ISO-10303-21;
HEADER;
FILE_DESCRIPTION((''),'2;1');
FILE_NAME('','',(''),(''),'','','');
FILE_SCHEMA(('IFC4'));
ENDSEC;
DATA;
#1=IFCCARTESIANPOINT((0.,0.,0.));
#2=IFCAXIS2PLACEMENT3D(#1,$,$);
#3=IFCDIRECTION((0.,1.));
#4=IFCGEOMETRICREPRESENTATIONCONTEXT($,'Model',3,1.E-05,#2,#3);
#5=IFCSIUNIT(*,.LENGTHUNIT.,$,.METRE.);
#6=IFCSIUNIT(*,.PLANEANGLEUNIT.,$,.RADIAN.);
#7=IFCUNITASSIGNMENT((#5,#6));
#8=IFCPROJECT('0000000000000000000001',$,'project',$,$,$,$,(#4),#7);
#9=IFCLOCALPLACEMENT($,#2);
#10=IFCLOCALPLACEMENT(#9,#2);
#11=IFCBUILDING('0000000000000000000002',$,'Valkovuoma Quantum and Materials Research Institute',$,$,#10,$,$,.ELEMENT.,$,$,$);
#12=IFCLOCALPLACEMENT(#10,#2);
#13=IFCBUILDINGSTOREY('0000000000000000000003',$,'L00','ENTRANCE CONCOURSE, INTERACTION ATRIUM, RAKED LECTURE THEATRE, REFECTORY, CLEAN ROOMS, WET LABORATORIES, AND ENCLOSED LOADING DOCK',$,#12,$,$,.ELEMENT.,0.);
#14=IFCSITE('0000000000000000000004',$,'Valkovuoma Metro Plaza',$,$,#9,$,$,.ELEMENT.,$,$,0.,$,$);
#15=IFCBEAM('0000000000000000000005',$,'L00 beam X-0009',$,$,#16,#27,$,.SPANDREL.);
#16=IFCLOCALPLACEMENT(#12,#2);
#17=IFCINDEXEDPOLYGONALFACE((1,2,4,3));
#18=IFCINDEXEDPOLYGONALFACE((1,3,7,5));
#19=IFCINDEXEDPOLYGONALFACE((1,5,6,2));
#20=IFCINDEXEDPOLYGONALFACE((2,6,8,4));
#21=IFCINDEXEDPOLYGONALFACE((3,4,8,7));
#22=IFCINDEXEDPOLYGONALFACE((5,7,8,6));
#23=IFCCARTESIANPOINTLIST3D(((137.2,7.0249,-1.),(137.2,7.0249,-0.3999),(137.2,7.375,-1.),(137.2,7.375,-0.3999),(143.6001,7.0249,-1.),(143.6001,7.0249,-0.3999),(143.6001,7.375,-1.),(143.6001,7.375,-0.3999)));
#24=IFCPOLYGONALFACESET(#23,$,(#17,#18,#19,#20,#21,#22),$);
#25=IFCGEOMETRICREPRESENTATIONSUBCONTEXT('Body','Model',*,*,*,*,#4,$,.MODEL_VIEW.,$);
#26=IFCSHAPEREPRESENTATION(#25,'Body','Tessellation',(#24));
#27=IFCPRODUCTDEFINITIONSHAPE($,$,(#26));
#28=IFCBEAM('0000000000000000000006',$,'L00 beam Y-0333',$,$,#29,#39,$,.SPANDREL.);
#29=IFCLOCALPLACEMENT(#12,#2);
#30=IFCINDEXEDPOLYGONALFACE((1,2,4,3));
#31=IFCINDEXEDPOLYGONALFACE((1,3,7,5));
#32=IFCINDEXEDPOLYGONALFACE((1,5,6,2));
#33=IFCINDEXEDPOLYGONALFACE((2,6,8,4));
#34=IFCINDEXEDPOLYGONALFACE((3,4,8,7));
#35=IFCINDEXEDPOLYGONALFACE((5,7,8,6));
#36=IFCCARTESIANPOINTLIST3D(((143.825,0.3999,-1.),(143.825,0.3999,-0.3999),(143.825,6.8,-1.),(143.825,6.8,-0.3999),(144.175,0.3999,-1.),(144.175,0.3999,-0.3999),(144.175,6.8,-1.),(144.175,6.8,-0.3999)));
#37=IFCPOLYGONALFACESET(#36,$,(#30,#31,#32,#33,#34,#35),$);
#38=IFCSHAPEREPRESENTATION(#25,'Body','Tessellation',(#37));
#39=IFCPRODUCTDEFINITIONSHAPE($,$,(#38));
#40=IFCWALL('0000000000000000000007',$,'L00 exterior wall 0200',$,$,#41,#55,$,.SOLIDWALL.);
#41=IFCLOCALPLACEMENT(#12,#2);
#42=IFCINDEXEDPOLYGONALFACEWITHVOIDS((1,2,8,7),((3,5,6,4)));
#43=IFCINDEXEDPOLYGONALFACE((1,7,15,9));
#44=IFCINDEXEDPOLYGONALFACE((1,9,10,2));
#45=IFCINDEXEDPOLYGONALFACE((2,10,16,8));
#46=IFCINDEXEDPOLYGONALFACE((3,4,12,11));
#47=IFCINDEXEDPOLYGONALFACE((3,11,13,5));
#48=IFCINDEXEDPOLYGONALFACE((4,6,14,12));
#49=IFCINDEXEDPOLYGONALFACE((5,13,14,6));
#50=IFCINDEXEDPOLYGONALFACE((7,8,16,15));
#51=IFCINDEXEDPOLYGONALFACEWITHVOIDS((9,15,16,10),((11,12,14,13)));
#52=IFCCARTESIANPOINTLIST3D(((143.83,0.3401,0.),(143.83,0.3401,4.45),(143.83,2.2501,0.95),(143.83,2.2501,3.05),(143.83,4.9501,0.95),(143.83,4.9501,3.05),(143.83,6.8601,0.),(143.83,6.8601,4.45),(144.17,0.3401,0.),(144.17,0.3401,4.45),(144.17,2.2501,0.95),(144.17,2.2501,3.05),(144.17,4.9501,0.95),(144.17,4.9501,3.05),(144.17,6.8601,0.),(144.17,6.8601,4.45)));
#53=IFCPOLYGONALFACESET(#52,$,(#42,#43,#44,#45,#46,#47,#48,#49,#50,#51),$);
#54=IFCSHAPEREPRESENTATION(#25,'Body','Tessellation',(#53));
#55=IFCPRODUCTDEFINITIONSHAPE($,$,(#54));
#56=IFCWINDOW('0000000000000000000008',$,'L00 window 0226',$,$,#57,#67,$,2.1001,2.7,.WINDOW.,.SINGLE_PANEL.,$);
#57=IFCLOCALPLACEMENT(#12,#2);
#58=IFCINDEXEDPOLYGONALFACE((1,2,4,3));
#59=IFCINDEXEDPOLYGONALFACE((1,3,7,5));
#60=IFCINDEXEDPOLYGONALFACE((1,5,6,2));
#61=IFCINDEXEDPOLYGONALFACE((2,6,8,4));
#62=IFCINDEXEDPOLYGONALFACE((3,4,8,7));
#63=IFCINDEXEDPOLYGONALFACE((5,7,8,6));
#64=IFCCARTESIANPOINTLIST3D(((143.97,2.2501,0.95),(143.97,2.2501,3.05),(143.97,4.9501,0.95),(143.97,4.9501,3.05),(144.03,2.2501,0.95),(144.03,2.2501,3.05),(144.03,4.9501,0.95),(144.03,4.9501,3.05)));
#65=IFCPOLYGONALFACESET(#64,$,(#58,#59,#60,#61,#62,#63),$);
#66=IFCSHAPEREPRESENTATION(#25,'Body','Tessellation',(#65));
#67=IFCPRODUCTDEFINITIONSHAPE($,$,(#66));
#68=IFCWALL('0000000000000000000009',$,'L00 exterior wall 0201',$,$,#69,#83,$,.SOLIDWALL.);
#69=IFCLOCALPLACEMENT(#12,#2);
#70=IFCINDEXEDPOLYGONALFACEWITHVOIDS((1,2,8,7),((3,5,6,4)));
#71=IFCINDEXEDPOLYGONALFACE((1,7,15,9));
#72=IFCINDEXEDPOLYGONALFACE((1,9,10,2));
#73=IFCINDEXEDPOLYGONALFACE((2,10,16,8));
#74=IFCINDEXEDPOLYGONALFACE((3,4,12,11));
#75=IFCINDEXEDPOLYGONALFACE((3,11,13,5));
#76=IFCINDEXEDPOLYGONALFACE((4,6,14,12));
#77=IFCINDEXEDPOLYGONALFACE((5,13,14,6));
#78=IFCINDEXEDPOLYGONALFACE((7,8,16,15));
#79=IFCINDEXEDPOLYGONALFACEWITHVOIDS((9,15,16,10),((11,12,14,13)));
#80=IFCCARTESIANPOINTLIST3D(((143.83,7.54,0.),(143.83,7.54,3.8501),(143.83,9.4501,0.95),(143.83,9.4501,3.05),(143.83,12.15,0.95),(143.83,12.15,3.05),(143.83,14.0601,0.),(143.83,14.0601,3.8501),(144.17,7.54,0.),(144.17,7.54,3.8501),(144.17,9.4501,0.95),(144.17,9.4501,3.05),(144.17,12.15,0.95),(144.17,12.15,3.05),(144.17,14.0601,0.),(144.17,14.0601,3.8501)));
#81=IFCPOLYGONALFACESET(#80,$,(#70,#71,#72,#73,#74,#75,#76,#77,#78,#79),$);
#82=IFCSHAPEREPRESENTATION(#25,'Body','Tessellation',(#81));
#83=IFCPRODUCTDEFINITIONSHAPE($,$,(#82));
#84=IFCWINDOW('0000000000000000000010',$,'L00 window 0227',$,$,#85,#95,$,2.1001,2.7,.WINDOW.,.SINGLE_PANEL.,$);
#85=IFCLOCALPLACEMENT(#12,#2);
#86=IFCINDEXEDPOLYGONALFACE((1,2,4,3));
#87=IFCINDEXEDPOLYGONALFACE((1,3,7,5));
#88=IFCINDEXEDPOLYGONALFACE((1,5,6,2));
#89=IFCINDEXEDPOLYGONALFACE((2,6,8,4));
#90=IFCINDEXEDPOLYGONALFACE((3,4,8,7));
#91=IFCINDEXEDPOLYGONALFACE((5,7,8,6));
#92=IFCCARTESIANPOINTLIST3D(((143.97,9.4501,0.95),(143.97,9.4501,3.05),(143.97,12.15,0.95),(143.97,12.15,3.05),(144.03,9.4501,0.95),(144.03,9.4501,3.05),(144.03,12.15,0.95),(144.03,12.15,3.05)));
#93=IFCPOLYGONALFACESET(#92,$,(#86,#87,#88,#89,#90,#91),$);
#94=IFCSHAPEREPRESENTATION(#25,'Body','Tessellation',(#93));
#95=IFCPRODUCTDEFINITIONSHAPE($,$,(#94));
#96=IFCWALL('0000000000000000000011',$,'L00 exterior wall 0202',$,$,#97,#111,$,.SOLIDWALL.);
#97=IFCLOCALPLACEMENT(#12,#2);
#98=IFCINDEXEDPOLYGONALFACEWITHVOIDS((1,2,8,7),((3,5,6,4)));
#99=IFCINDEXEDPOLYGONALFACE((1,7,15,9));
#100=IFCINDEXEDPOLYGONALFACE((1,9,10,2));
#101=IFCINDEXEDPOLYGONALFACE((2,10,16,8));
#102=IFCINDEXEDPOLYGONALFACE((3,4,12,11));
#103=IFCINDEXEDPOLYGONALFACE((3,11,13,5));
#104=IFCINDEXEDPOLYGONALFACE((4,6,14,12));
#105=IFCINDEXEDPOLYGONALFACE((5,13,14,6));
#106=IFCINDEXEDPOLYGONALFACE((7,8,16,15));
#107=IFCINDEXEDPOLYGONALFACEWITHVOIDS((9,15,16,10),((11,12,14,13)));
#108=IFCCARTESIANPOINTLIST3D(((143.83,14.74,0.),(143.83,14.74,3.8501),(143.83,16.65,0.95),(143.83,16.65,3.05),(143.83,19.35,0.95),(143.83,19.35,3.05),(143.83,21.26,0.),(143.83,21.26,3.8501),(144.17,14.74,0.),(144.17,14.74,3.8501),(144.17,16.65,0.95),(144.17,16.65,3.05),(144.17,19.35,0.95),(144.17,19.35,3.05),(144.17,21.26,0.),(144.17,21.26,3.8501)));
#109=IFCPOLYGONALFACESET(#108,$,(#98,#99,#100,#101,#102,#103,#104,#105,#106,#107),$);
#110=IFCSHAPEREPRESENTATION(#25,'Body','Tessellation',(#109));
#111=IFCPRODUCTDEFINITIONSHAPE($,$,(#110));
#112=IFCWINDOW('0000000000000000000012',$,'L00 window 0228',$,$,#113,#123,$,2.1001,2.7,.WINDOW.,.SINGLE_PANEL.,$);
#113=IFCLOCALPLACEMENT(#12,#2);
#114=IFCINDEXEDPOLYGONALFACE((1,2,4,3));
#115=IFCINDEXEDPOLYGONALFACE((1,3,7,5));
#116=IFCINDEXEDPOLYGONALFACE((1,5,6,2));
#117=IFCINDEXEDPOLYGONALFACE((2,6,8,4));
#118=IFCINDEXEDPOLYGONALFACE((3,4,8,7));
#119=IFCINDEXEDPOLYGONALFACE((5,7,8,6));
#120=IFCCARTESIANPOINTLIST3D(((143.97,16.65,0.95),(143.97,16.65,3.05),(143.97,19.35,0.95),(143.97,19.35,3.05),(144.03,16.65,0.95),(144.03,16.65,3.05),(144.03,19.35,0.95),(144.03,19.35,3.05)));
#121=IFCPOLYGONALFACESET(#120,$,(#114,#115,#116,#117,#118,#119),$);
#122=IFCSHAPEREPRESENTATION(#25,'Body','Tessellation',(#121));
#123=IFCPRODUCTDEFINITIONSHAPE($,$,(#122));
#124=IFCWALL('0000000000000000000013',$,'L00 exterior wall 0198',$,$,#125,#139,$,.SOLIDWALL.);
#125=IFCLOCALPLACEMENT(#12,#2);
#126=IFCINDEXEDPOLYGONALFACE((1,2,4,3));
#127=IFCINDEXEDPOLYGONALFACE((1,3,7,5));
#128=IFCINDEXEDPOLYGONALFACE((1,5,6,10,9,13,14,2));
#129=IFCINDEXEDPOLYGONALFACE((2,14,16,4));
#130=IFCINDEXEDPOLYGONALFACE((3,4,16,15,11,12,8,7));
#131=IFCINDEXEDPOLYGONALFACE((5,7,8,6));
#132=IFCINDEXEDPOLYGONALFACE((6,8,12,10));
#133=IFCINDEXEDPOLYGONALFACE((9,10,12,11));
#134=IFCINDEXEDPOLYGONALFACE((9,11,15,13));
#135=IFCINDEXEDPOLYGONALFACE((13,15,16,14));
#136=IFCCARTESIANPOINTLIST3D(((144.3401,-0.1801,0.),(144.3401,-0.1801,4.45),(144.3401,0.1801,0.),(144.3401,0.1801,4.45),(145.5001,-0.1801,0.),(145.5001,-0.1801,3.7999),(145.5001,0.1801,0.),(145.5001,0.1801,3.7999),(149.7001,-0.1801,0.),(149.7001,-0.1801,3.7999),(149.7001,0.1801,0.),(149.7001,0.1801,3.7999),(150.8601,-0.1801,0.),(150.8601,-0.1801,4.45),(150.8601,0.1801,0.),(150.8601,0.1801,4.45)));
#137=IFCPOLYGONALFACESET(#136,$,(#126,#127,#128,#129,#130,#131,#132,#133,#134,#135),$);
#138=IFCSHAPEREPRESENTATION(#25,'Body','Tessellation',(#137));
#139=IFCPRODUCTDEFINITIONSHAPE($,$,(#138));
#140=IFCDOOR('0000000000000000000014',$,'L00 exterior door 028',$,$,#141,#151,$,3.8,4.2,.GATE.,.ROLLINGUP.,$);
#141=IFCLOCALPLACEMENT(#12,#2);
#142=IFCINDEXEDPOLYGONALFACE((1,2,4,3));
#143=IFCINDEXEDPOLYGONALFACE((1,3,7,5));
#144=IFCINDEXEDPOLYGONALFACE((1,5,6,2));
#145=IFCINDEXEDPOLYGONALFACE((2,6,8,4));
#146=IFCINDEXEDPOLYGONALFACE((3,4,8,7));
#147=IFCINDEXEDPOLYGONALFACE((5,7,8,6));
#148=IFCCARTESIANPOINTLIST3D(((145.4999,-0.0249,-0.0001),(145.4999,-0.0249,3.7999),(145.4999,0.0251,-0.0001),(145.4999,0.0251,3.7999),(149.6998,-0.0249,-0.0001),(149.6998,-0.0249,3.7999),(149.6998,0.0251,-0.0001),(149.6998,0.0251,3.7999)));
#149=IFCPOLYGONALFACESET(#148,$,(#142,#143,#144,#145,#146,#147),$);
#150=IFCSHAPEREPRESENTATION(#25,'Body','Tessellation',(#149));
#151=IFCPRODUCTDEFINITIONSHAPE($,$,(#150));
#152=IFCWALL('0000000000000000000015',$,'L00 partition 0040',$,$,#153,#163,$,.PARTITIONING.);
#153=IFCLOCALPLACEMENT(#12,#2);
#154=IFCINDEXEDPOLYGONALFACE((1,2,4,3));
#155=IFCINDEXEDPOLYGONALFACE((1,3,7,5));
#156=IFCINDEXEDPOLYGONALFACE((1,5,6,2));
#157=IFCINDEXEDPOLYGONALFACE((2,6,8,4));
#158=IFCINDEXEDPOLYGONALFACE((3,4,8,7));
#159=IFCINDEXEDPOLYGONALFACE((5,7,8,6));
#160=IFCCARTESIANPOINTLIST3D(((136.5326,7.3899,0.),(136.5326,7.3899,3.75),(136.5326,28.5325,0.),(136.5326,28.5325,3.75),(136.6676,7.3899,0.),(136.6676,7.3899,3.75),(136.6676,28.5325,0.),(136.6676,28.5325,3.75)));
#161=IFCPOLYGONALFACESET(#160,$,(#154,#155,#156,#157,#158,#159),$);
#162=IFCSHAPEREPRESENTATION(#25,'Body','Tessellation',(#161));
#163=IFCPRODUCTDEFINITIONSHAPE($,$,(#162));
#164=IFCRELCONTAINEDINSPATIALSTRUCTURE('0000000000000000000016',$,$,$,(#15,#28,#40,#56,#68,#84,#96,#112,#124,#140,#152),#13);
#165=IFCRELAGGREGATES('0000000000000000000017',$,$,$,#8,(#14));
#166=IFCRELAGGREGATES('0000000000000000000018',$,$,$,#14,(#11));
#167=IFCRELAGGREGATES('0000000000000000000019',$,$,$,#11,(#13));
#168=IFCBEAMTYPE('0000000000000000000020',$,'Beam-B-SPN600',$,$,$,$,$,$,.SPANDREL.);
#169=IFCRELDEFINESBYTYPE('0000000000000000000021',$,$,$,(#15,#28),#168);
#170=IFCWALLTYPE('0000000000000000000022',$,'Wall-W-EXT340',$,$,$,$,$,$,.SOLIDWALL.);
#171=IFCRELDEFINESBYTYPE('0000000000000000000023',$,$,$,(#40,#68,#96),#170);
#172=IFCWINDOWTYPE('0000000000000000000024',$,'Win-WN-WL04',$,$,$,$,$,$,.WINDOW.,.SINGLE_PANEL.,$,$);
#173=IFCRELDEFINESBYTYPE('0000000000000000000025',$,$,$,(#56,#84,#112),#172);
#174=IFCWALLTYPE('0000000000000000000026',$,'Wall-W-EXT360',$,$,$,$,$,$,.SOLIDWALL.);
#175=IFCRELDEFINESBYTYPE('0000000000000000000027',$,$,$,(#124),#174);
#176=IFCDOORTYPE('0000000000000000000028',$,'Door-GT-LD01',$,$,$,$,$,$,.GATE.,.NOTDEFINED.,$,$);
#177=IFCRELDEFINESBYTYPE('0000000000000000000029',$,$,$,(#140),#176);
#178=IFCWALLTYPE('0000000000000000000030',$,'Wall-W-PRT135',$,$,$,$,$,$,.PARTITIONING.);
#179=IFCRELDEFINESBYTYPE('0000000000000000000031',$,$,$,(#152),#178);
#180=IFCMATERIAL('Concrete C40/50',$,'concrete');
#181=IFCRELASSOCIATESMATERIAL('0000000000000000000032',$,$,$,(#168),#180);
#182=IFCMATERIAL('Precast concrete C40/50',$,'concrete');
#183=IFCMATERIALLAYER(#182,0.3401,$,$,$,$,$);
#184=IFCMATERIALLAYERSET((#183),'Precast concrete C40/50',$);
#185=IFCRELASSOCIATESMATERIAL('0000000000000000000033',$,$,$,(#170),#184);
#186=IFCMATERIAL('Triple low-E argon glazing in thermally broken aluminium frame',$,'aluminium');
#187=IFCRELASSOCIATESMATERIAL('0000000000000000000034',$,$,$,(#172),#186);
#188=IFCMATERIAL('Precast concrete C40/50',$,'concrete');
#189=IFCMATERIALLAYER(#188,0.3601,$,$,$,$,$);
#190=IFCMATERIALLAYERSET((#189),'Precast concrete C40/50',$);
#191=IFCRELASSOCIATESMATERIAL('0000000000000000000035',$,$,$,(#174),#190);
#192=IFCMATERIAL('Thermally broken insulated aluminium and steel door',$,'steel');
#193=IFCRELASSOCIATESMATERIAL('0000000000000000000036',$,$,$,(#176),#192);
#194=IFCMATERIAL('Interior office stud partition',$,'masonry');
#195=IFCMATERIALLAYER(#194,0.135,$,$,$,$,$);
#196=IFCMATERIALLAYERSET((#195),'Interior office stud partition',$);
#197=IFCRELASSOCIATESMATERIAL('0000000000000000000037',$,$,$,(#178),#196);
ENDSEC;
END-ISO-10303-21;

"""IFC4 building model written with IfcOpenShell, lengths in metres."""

from ifc_helpers import new_model, si_unit, direction, frame, frame_2d, origin, origin_2d, place, context, subcontext, project, spatial, rectangle, extrude, material, layer, layer_set, material_profile, profile_set, type_object, element, fill, save


model = new_model("IFC4")

# Units and contexts
model_context = context("Model", 3, precision=1e-05, world=origin(), true_north=direction((0.0, 1.0)))
body_context = subcontext(model_context, "Body", "Model", "MODEL_VIEW")
ifc_project = project(units=[si_unit("LENGTHUNIT", "METRE"), si_unit("PLANEANGLEUNIT", "RADIAN")], contexts=[model_context])

# Site, building, storey
site_placement = place(None, origin())
site = spatial("IfcSite", under=ifc_project, at=site_placement, Name="Valkovuoma Metro Plaza", CompositionType="ELEMENT", RefElevation=0.0)
building_placement = place(site_placement, origin())
building = spatial("IfcBuilding", under=site, at=building_placement, Name="Valkovuoma Quantum and Materials Research Institute", CompositionType="ELEMENT")
storey_placement = place(building_placement, origin())
storey = spatial("IfcBuildingStorey", under=building, at=storey_placement, Name="L00", Description="ENTRANCE CONCOURSE, INTERACTION ATRIUM, RAKED LECTURE THEATRE, REFECTORY, CLEAN ROOMS, WET LABORATORIES, AND ENCLOSED LOADING DOCK", CompositionType="ELEMENT", Elevation=0.0)

# Beams
ifc_material_1 = material(Name="Concrete C40/50", Category="concrete")
ifc_material_profile_1 = material_profile(ifc_material_1, rectangle(XDim=0.3501, YDim=0.6001, at=origin_2d()), Name="Concrete C40/50")
ifc_profile_set_1 = profile_set([ifc_material_profile_1], Name="Concrete C40/50")
beam_type_1 = type_object("IfcBeamType", Name="Beam-B-SPN600", PredefinedType="SPANDREL", material=ifc_profile_set_1)
for number, where, z_axis, x_axis, name in (
    (1, (137.2, 7.2, -0.7), (1.0, 0.0, 0.0), (0.0, 1.0, 0.0), "L00 beam X-0009"),
    (2, (144.0, 0.3999, -0.7), (0.0, 1.0, 0.0), (-1.0, 0.0, 0.0), "L00 beam Y-0333"),
):
    element("IfcBeam", number, at=place(storey_placement, frame(where, z_axis=z_axis, x_axis=x_axis)), inside=storey, type_object=beam_type_1, Name=name, PredefinedType="SPANDREL", context=body_context, shape_type="SweptSolid", body=[
        extrude(rectangle(XDim=0.3501, YDim=0.6001, at=origin_2d()), origin(), (0.0, 0.0, 1.0), 6.4001),
    ])

# Walls, openings, windows
ifc_material_2 = material(Name="Precast concrete C40/50", Category="concrete")
ifc_layer_1 = layer(ifc_material_2, 0.3401)
ifc_layer_set_1 = layer_set([ifc_layer_1], Name="Precast concrete C40/50")
wall_type_1 = type_object("IfcWallType", Name="Wall-W-EXT340", PredefinedType="SOLIDWALL", material=ifc_layer_set_1)
wall_1_placement = place(storey_placement, frame((144.0, 0.3401, 0.0), z_axis=(0.0, 0.0, 1.0), x_axis=(0.0, 1.0, 0.0)))
wall_1 = element("IfcWall", 3, at=wall_1_placement, inside=storey, type_object=wall_type_1, Name="L00 exterior wall 0200", PredefinedType="SOLIDWALL", context=body_context, shape_type="SweptSolid", body=[
    extrude(rectangle(XDim=6.52, YDim=0.3401, at=frame_2d((3.26, 0.0))), origin(), (0.0, 0.0, 1.0), 4.45),
])
opening_1_placement = place(wall_1_placement, frame((1.9099, 0.0, 0.95)))
opening_1 = element("IfcOpeningElement", 4, at=opening_1_placement, cuts=wall_1, PredefinedType="OPENING", context=body_context, shape_type="SweptSolid", body=[
    extrude(rectangle(XDim=2.7, YDim=2.1001, at=frame_2d((1.3501, 1.05))), frame((0.0, 0.1802, 0.0), z_axis=(0.0, -1.0, 0.0), x_axis=(1.0, 0.0, 0.0)), (0.0, 0.0, 1.0), 0.3601),
])
ifc_material_3 = material(Name="Triple low-E argon glazing in thermally broken aluminium frame", Category="aluminium")
window_type = type_object("IfcWindowType", Name="Win-WN-WL04", PartitioningType="SINGLE_PANEL", PredefinedType="WINDOW", material=ifc_material_3)
window_1_placement = place(opening_1_placement, origin())
window_1 = element("IfcWindow", 5, at=window_1_placement, inside=storey, type_object=window_type, Name="L00 window 0226", OverallHeight=2.1001, OverallWidth=2.7, PartitioningType="SINGLE_PANEL", PredefinedType="WINDOW", context=body_context, shape_type="SweptSolid", body=[
    extrude(rectangle(XDim=2.7, YDim=2.1001, at=frame_2d((1.3501, 1.05))), frame((0.0, 0.03, 0.0), z_axis=(0.0, -1.0, 0.0), x_axis=(1.0, 0.0, 0.0)), (0.0, 0.0, 1.0), 0.0601),
])
fill(opening_1, window_1)
wall_2_placement = place(storey_placement, frame((144.0, 7.54, 0.0), z_axis=(0.0, 0.0, 1.0), x_axis=(0.0, 1.0, 0.0)))
wall_2 = element("IfcWall", 6, at=wall_2_placement, inside=storey, type_object=wall_type_1, Name="L00 exterior wall 0201", PredefinedType="SOLIDWALL", context=body_context, shape_type="SweptSolid", body=[
    extrude(rectangle(XDim=6.52, YDim=0.3401, at=frame_2d((3.26, 0.0))), origin(), (0.0, 0.0, 1.0), 3.8501),
])
opening_2_placement = place(wall_2_placement, frame((1.9099, 0.0, 0.95)))
opening_2 = element("IfcOpeningElement", 7, at=opening_2_placement, cuts=wall_2, PredefinedType="OPENING", context=body_context, shape_type="SweptSolid", body=[
    extrude(rectangle(XDim=2.7, YDim=2.1001, at=frame_2d((1.3501, 1.05))), frame((0.0, 0.1802, 0.0), z_axis=(0.0, -1.0, 0.0), x_axis=(1.0, 0.0, 0.0)), (0.0, 0.0, 1.0), 0.3601),
])
window_2_placement = place(opening_2_placement, origin())
window_2 = element("IfcWindow", 8, at=window_2_placement, inside=storey, type_object=window_type, Name="L00 window 0227", OverallHeight=2.1001, OverallWidth=2.7, PartitioningType="SINGLE_PANEL", PredefinedType="WINDOW", context=body_context, shape_type="SweptSolid", body=[
    extrude(rectangle(XDim=2.7, YDim=2.1001, at=frame_2d((1.3501, 1.05))), frame((0.0, 0.03, 0.0), z_axis=(0.0, -1.0, 0.0), x_axis=(1.0, 0.0, 0.0)), (0.0, 0.0, 1.0), 0.0601),
])
fill(opening_2, window_2)
wall_3_placement = place(storey_placement, frame((144.0, 14.74, 0.0), z_axis=(0.0, 0.0, 1.0), x_axis=(0.0, 1.0, 0.0)))
wall_3 = element("IfcWall", 9, at=wall_3_placement, inside=storey, type_object=wall_type_1, Name="L00 exterior wall 0202", PredefinedType="SOLIDWALL", context=body_context, shape_type="SweptSolid", body=[
    extrude(rectangle(XDim=6.52, YDim=0.3401, at=frame_2d((3.26, 0.0))), origin(), (0.0, 0.0, 1.0), 3.8501),
])
opening_3_placement = place(wall_3_placement, frame((1.9099, 0.0, 0.95)))
opening_3 = element("IfcOpeningElement", 10, at=opening_3_placement, cuts=wall_3, PredefinedType="OPENING", context=body_context, shape_type="SweptSolid", body=[
    extrude(rectangle(XDim=2.7, YDim=2.1001, at=frame_2d((1.3501, 1.05))), frame((0.0, 0.1802, 0.0), z_axis=(0.0, -1.0, 0.0), x_axis=(1.0, 0.0, 0.0)), (0.0, 0.0, 1.0), 0.3601),
])
window_3_placement = place(opening_3_placement, origin())
window_3 = element("IfcWindow", 11, at=window_3_placement, inside=storey, type_object=window_type, Name="L00 window 0228", OverallHeight=2.1001, OverallWidth=2.7, PartitioningType="SINGLE_PANEL", PredefinedType="WINDOW", context=body_context, shape_type="SweptSolid", body=[
    extrude(rectangle(XDim=2.7, YDim=2.1001, at=frame_2d((1.3501, 1.05))), frame((0.0, 0.03, 0.0), z_axis=(0.0, -1.0, 0.0), x_axis=(1.0, 0.0, 0.0)), (0.0, 0.0, 1.0), 0.0601),
])
fill(opening_3, window_3)

# Wall, opening, door
ifc_material_4 = material(Name="Precast concrete C40/50", Category="concrete")
ifc_layer_2 = layer(ifc_material_4, 0.3601)
ifc_layer_set_2 = layer_set([ifc_layer_2], Name="Precast concrete C40/50")
wall_type_2 = type_object("IfcWallType", Name="Wall-W-EXT360", PredefinedType="SOLIDWALL", material=ifc_layer_set_2)
wall_4_placement = place(storey_placement, frame((144.3401, 0.0, 0.0), z_axis=(0.0, 0.0, 1.0), x_axis=(1.0, 0.0, 0.0)))
wall_4 = element("IfcWall", 12, at=wall_4_placement, inside=storey, type_object=wall_type_2, Name="L00 exterior wall 0198", PredefinedType="SOLIDWALL", context=body_context, shape_type="SweptSolid", body=[
    extrude(rectangle(XDim=6.52, YDim=0.3601, at=frame_2d((3.26, 0.0))), origin(), (0.0, 0.0, 1.0), 4.45),
])
opening_4_placement = place(wall_4_placement, frame((1.1599, 0.0, 0.0)))
opening_4 = element("IfcOpeningElement", 13, at=opening_4_placement, cuts=wall_4, PredefinedType="OPENING", context=body_context, shape_type="SweptSolid", body=[
    extrude(rectangle(XDim=4.2, YDim=3.8, at=frame_2d((2.1001, 1.8999))), frame((0.0, 0.1899, 0.0), z_axis=(0.0, -1.0, 0.0), x_axis=(1.0, 0.0, 0.0)), (0.0, 0.0, 1.0), 0.3801),
])
ifc_material_5 = material(Name="Thermally broken insulated aluminium and steel door", Category="steel")
door_type_1 = type_object("IfcDoorType", Name="Door-GT-LD01", OperationType="NOTDEFINED", PredefinedType="GATE", material=ifc_material_5)
door_1_placement = place(opening_4_placement, frame((4.2, 0.0, 0.0), z_axis=(0.0, 0.0, 1.0), x_axis=(-1.0, 0.0, 0.0)))
door_1 = element("IfcDoor", 14, at=door_1_placement, inside=storey, type_object=door_type_1, Name="L00 exterior door 028", OperationType="ROLLINGUP", OverallHeight=3.8, OverallWidth=4.2, PredefinedType="GATE", context=body_context, shape_type="SweptSolid", body=[
    extrude(rectangle(XDim=4.2, YDim=3.8, at=frame_2d((2.1001, 1.8999))), frame((0.0, 0.0249, 0.0), z_axis=(0.0, -1.0, 0.0), x_axis=(1.0, 0.0, 0.0)), (0.0, 0.0, 1.0), 0.05),
])
fill(opening_4, door_1)

# Wall
ifc_material_6 = material(Name="Interior office stud partition", Category="masonry")
ifc_layer_3 = layer(ifc_material_6, 0.135)
ifc_layer_set_3 = layer_set([ifc_layer_3], Name="Interior office stud partition")
wall_type_3 = type_object("IfcWallType", Name="Wall-W-PRT135", PredefinedType="PARTITIONING", material=ifc_layer_set_3)
wall_5_placement = place(storey_placement, frame((136.6001, 7.3899, 0.0), z_axis=(0.0, 0.0, 1.0), x_axis=(0.0, 1.0, 0.0)))
element("IfcWall", 15, at=wall_5_placement, inside=storey, type_object=wall_type_3, Name="L00 partition 0040", PredefinedType="PARTITIONING", context=body_context, shape_type="SweptSolid", body=[
    extrude(rectangle(XDim=21.1426, YDim=0.135, at=frame_2d((10.5713, 0.0))), origin(), (0.0, 0.0, 1.0), 3.75),
])

save(model, "model.ifc")
